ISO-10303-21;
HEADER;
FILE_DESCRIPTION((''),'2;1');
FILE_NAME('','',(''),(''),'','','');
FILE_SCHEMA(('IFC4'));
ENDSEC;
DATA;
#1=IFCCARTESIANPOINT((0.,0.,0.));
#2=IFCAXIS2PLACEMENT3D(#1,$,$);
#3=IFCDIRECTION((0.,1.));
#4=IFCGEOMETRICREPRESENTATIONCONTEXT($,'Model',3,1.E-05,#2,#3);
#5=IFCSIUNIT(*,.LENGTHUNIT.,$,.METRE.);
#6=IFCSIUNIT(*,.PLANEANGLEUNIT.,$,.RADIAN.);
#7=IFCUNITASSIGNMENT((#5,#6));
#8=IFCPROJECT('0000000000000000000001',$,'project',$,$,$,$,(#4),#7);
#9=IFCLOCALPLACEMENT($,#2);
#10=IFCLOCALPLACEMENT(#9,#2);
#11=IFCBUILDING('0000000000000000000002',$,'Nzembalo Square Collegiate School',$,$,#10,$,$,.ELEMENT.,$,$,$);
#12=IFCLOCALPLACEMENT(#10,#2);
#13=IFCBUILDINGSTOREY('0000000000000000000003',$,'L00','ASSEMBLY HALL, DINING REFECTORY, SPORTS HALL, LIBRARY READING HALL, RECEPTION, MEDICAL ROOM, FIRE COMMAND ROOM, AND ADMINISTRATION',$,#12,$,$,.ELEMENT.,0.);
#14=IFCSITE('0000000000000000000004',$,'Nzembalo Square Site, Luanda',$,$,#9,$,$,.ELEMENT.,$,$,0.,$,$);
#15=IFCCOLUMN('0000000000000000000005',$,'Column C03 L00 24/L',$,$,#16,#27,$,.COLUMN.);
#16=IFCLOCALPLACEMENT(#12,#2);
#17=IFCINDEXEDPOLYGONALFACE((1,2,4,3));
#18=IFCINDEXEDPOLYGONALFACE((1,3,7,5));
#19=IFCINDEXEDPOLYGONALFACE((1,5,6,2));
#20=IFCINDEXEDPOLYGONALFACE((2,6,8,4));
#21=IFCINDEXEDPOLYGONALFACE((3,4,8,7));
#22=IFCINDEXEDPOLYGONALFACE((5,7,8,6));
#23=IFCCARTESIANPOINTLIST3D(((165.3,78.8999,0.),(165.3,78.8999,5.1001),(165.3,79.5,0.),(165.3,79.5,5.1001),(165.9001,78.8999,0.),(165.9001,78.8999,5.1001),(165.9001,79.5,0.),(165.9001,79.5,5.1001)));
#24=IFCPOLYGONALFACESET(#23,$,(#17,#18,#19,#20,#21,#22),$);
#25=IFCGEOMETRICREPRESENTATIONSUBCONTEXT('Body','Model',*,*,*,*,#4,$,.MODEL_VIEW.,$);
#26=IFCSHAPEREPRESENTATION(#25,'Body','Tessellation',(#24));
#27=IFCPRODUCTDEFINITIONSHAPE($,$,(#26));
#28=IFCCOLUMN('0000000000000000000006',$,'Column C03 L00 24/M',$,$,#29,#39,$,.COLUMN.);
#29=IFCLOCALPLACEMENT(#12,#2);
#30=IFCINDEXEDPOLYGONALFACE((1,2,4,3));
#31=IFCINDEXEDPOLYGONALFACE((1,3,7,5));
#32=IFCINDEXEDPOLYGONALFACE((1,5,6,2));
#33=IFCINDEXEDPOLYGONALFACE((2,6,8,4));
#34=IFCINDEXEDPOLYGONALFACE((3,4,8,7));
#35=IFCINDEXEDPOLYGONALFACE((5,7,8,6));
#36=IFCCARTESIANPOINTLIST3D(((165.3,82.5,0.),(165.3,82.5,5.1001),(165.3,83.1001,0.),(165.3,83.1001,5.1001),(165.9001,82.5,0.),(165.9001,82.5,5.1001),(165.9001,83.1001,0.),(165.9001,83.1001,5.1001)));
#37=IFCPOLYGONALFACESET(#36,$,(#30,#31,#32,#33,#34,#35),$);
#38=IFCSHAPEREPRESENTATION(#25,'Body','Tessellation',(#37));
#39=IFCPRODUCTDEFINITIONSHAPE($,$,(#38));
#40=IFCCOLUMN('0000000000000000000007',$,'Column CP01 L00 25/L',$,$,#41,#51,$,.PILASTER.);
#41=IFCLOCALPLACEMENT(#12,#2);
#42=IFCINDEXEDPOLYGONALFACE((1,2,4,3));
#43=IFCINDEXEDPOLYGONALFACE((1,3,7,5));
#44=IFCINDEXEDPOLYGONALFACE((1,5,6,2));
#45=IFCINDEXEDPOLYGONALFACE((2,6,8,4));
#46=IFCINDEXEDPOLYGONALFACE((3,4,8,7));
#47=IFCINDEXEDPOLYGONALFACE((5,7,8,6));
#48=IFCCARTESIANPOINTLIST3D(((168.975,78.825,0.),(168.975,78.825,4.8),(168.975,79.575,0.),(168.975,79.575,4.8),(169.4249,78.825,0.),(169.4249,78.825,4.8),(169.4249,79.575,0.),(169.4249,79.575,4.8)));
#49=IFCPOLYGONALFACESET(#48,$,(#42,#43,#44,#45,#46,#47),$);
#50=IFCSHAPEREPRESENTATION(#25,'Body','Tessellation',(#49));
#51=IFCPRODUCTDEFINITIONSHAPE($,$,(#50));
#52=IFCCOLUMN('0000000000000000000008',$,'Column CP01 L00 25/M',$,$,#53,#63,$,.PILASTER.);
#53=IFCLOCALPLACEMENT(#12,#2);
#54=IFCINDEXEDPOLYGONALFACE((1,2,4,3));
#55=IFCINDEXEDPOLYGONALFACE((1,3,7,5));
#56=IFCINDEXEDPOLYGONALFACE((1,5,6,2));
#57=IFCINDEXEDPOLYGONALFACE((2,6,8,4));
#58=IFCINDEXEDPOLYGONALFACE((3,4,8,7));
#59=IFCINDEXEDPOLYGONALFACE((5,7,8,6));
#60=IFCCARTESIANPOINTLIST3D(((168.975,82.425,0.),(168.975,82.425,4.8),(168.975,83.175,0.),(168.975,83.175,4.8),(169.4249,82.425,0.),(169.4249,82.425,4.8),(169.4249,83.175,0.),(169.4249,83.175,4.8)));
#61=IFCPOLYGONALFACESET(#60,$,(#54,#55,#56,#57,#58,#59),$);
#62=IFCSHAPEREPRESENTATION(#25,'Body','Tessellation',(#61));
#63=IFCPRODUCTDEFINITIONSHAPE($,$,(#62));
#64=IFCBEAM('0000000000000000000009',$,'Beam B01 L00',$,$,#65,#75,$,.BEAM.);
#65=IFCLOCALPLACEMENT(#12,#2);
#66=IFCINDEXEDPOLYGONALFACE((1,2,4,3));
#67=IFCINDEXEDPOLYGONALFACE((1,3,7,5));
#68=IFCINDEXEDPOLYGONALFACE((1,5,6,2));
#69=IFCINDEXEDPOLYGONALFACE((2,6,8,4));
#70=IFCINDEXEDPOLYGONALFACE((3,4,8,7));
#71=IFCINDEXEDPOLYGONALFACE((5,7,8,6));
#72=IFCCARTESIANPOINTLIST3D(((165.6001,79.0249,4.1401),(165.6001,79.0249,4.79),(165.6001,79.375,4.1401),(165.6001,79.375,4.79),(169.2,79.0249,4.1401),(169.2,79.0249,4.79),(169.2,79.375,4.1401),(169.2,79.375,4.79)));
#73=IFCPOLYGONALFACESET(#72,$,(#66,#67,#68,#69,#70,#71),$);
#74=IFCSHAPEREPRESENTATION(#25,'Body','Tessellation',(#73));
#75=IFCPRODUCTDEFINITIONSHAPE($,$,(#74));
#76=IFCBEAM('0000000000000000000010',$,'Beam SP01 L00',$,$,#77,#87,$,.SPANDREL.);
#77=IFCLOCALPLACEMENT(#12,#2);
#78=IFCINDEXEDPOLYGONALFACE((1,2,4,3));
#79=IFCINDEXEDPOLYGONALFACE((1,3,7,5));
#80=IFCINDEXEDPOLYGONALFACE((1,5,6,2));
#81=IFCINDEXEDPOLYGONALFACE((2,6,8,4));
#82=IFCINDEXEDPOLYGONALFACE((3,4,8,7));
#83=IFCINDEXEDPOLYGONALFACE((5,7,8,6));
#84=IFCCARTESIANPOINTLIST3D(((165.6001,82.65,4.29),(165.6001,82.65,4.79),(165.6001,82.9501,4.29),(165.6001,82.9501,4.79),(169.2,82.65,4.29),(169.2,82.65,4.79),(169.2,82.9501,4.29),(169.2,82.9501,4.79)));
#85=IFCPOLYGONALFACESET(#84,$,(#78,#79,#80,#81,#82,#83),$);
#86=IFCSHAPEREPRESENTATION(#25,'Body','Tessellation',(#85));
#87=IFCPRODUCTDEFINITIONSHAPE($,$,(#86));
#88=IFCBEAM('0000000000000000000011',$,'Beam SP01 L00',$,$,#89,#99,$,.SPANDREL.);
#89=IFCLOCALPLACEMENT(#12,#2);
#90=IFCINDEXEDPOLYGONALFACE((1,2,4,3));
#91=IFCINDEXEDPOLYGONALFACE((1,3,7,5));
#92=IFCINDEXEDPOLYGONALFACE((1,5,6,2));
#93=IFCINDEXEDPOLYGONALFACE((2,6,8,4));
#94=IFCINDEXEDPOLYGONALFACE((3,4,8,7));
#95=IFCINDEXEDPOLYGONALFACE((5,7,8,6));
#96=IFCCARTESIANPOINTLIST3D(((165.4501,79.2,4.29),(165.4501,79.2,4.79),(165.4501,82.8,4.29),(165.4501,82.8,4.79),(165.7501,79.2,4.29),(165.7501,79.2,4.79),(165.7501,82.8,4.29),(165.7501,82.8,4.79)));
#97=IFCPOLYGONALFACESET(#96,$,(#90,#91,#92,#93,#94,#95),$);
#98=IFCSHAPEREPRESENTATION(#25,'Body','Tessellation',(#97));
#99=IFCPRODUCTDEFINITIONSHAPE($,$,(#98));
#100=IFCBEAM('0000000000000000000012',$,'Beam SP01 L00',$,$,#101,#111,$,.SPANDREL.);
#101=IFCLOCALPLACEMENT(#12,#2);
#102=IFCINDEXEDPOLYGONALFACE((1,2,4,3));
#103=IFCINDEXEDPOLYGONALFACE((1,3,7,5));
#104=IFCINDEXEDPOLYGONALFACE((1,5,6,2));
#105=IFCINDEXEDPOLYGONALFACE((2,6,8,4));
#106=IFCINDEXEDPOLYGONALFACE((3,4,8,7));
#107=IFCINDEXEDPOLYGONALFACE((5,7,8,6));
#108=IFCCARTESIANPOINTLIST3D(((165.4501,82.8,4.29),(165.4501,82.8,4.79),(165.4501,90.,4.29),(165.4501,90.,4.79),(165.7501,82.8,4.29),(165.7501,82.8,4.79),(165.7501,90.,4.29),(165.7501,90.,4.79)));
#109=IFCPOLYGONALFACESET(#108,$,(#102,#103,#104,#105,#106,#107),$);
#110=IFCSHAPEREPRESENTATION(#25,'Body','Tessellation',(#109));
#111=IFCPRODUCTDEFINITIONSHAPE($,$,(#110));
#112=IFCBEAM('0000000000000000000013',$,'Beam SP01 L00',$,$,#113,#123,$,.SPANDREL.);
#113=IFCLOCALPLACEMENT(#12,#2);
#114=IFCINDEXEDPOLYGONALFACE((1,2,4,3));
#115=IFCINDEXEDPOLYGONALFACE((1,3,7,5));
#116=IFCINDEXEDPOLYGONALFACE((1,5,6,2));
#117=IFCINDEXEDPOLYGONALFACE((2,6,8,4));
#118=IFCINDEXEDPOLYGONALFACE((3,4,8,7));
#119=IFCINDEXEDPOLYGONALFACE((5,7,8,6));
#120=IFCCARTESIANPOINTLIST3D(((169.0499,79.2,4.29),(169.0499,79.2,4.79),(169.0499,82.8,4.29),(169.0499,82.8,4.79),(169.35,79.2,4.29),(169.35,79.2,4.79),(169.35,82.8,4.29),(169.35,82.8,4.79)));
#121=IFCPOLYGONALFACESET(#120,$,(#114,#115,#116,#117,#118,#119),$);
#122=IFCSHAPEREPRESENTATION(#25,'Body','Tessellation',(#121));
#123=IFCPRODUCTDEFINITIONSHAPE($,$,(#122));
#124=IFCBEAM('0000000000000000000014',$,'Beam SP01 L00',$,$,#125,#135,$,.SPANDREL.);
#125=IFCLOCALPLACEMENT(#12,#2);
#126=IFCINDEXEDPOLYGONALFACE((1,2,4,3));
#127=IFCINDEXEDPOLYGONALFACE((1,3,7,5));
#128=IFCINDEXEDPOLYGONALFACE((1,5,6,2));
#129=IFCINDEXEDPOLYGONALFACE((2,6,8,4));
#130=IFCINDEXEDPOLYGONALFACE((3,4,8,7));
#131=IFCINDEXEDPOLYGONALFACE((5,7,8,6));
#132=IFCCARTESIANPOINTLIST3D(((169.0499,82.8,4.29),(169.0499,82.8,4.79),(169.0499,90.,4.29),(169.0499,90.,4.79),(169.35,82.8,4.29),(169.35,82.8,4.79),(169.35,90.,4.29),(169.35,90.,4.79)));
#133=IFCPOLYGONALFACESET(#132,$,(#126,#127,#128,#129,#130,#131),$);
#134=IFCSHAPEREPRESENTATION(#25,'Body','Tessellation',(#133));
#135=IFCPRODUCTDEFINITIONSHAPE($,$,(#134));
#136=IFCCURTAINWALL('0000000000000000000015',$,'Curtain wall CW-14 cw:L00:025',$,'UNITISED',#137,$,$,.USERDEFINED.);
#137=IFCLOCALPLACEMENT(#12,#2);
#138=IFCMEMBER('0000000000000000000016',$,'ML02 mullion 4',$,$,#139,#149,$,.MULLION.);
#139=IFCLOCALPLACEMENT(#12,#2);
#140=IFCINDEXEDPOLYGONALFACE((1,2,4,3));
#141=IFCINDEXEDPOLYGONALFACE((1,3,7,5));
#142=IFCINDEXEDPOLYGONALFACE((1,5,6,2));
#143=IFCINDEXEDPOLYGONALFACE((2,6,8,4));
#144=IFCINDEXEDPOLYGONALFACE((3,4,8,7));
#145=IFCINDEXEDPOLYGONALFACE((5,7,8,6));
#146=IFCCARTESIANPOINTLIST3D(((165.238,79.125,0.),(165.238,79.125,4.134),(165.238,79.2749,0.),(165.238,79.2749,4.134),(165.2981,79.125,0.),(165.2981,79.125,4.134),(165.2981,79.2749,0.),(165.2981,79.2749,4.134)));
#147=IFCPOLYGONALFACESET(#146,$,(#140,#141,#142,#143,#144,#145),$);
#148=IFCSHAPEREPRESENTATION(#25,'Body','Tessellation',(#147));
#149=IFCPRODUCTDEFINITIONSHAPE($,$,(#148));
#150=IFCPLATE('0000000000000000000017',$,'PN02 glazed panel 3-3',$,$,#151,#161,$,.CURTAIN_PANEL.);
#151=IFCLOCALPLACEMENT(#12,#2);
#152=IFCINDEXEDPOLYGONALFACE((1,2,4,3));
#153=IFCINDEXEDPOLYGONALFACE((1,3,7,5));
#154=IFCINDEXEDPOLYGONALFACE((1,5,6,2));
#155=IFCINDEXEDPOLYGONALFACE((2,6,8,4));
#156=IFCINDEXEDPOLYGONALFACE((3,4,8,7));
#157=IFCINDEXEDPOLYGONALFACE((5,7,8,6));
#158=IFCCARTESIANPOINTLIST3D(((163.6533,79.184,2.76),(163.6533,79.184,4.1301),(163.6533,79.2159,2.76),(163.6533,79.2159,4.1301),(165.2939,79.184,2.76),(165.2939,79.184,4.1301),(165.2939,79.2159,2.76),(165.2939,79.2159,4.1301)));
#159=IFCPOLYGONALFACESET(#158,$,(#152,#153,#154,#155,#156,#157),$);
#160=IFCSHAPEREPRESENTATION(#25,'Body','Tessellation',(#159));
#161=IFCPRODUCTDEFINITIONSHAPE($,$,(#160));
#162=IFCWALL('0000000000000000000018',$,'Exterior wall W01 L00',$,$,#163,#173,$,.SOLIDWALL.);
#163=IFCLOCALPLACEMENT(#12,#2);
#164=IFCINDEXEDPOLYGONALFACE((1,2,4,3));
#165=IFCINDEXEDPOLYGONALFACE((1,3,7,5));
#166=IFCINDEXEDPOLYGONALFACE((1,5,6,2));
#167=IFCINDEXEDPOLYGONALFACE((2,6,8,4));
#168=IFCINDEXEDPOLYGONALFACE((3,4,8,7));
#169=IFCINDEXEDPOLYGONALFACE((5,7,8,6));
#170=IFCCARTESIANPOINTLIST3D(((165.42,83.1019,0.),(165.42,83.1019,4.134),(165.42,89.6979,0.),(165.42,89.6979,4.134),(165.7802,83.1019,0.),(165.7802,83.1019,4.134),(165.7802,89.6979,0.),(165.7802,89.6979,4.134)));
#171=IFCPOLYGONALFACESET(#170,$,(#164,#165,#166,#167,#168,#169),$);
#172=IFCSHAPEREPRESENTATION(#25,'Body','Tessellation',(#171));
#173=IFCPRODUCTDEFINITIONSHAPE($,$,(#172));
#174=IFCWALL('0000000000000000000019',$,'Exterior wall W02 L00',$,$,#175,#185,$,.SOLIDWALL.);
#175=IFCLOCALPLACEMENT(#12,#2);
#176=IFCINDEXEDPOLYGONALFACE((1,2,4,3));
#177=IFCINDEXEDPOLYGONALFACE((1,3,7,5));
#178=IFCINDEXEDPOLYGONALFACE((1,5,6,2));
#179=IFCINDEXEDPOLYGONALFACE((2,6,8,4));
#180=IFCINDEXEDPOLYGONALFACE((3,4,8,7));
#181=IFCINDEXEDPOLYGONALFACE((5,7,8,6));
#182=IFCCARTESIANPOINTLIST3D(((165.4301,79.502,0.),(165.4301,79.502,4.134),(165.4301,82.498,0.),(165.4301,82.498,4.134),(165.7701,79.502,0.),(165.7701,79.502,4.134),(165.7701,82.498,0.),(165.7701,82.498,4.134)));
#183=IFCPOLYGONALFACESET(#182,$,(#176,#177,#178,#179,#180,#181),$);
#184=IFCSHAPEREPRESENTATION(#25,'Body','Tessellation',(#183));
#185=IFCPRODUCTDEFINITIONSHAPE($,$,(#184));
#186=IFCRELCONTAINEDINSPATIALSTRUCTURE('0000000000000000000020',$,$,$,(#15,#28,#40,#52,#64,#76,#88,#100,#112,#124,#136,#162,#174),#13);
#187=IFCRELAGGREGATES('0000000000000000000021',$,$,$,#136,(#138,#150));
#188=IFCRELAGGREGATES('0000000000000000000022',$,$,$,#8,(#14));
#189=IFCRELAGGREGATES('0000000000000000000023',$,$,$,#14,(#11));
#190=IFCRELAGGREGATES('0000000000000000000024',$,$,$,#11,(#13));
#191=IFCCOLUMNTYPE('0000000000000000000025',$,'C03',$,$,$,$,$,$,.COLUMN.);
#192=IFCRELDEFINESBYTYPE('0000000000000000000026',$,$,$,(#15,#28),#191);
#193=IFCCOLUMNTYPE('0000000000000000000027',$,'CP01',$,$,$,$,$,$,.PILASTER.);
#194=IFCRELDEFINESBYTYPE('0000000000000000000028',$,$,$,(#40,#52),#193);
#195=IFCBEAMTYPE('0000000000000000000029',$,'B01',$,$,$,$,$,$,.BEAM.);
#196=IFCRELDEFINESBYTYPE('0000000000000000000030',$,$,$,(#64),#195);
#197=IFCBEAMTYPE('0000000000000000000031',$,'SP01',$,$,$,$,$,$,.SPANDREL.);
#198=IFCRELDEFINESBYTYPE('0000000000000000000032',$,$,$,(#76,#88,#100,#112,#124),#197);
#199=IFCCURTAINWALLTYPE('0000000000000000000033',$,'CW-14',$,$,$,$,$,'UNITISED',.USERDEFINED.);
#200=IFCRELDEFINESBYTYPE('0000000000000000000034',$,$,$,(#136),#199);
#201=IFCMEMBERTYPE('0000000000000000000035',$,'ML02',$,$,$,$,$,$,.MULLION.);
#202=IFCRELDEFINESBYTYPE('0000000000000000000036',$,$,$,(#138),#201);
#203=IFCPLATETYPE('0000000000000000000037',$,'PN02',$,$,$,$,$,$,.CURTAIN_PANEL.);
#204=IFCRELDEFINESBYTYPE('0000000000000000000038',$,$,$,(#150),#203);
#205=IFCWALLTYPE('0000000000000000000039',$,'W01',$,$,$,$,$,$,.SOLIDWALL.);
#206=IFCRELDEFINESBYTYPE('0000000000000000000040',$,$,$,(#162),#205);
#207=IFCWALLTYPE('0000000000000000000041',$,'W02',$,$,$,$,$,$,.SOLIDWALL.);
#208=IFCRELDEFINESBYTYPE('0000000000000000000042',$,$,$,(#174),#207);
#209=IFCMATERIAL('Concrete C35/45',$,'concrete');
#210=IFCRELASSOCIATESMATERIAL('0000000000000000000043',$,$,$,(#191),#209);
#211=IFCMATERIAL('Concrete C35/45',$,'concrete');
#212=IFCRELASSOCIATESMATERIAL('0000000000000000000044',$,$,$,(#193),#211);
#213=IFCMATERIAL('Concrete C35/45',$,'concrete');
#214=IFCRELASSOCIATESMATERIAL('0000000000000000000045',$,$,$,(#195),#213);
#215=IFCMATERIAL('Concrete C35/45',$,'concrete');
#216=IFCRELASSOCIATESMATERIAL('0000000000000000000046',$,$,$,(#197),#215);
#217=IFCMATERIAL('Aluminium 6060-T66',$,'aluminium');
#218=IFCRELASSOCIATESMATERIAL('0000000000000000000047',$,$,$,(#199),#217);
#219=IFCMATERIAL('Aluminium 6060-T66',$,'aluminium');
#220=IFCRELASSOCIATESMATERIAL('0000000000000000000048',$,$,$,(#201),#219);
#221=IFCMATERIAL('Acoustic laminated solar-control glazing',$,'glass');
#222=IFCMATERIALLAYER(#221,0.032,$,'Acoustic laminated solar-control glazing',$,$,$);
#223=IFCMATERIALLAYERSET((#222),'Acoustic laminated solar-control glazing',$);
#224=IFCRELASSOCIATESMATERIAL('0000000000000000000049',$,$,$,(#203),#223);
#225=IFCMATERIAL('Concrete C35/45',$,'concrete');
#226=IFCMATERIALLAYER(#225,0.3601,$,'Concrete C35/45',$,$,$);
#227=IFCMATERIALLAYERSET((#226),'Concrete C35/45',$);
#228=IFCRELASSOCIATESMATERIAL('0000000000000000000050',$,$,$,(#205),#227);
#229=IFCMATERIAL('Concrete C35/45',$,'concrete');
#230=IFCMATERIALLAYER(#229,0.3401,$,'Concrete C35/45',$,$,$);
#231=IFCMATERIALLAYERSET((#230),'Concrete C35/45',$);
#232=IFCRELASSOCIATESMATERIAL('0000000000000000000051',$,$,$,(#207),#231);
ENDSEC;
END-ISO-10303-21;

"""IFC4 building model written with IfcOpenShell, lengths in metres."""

from ifc_helpers import new_model, si_unit, direction, frame, frame_2d, origin, origin_2d, place, context, subcontext, project, spatial, rectangle, extrude, material, layer, layer_set, material_profile, profile_set, type_object, element, aggregate, save


model = new_model("IFC4")

# Units and contexts
model_context = context("Model", 3, precision=1e-05, world=origin(), true_north=direction((0.0, 1.0)))
body_context = subcontext(model_context, "Body", "Model", "MODEL_VIEW")
ifc_project = project(units=[si_unit("LENGTHUNIT", "METRE"), si_unit("PLANEANGLEUNIT", "RADIAN")], contexts=[model_context])

# Site, building, storey
site_placement = place(None, origin())
site = spatial("IfcSite", under=ifc_project, at=site_placement, Name="Nzembalo Square Site, Luanda", CompositionType="ELEMENT", RefElevation=0.0)
building_placement = place(site_placement, origin())
building = spatial("IfcBuilding", under=site, at=building_placement, Name="Nzembalo Square Collegiate School", CompositionType="ELEMENT")
storey_placement = place(building_placement, origin())
storey = spatial("IfcBuildingStorey", under=building, at=storey_placement, Name="L00", Description="ASSEMBLY HALL, DINING REFECTORY, SPORTS HALL, LIBRARY READING HALL, RECEPTION, MEDICAL ROOM, FIRE COMMAND ROOM, AND ADMINISTRATION", CompositionType="ELEMENT", Elevation=0.0)

# Columns
ifc_material_1 = material(Name="Concrete C35/45", Category="concrete")
ifc_material_profile_1 = material_profile(ifc_material_1, rectangle(XDim=0.6001, YDim=0.6001, at=origin_2d()), Name="RC 600x600")
ifc_profile_set_1 = profile_set([ifc_material_profile_1], Name="Concrete C35/45")
column_type_1 = type_object("IfcColumnType", Name="C03", PredefinedType="COLUMN", material=ifc_profile_set_1)
for number, where, z_axis, x_axis, name in (
    (1, (165.6001, 79.2, 0.0), (0.0, 0.0, 1.0), (1.0, 0.0, 0.0), "Column C03 L00 24/L"),
    (2, (165.6001, 82.8, 0.0), (0.0, 0.0, 1.0), (1.0, 0.0, 0.0), "Column C03 L00 24/M"),
):
    element("IfcColumn", number, at=place(storey_placement, frame(where, z_axis=z_axis, x_axis=x_axis)), inside=storey, type_object=column_type_1, Name=name, PredefinedType="COLUMN", context=body_context, shape_type="SweptSolid", body=[
        extrude(rectangle(XDim=0.6001, YDim=0.6001, at=origin_2d()), origin(), (0.0, 0.0, 1.0), 5.1001),
    ])
ifc_material_2 = material(Name="Concrete C35/45", Category="concrete")
ifc_material_profile_2 = material_profile(ifc_material_2, rectangle(XDim=0.45, YDim=0.75, at=origin_2d()), Name="RC 450x750")
ifc_profile_set_2 = profile_set([ifc_material_profile_2], Name="Concrete C35/45")
column_type_2 = type_object("IfcColumnType", Name="CP01", PredefinedType="PILASTER", material=ifc_profile_set_2)
for number, where, z_axis, x_axis, name in (
    (3, (169.2, 79.2, 0.0), (0.0, 0.0, 1.0), (1.0, 0.0, 0.0), "Column CP01 L00 25/L"),
    (4, (169.2, 82.8, 0.0), (0.0, 0.0, 1.0), (1.0, 0.0, 0.0), "Column CP01 L00 25/M"),
):
    element("IfcColumn", number, at=place(storey_placement, frame(where, z_axis=z_axis, x_axis=x_axis)), inside=storey, type_object=column_type_2, Name=name, PredefinedType="PILASTER", context=body_context, shape_type="SweptSolid", body=[
        extrude(rectangle(XDim=0.45, YDim=0.75, at=origin_2d()), origin(), (0.0, 0.0, 1.0), 4.8),
    ])

# Beams
ifc_material_3 = material(Name="Concrete C35/45", Category="concrete")
ifc_material_profile_3 = material_profile(ifc_material_3, rectangle(XDim=0.3501, YDim=0.6499, at=origin_2d()), Name="RC 350x650")
ifc_profile_set_3 = profile_set([ifc_material_profile_3], Name="Concrete C35/45")
beam_type_1 = type_object("IfcBeamType", Name="B01", PredefinedType="BEAM", material=ifc_profile_set_3)
beam_1_placement = place(storey_placement, frame((165.6001, 79.2, 4.4651), z_axis=(1.0, 0.0, 0.0), x_axis=(0.0, 1.0, 0.0)))
element("IfcBeam", 5, at=beam_1_placement, inside=storey, type_object=beam_type_1, Name="Beam B01 L00", PredefinedType="BEAM", context=body_context, shape_type="SweptSolid", body=[
    extrude(rectangle(XDim=0.3501, YDim=0.6499, at=origin_2d()), origin(), (0.0, 0.0, 1.0), 3.5999),
])
ifc_material_4 = material(Name="Concrete C35/45", Category="concrete")
ifc_material_profile_4 = material_profile(ifc_material_4, rectangle(XDim=0.3, YDim=0.5, at=origin_2d()), Name="RC 300x500")
ifc_profile_set_4 = profile_set([ifc_material_profile_4], Name="Concrete C35/45")
beam_type_2 = type_object("IfcBeamType", Name="SP01", PredefinedType="SPANDREL", material=ifc_profile_set_4)
beam_2_placement = place(storey_placement, frame((165.6001, 82.8, 4.54), z_axis=(1.0, 0.0, 0.0), x_axis=(0.0, 1.0, 0.0)))
element("IfcBeam", 6, at=beam_2_placement, inside=storey, type_object=beam_type_2, Name="Beam SP01 L00", PredefinedType="SPANDREL", context=body_context, shape_type="SweptSolid", body=[
    extrude(rectangle(XDim=0.3, YDim=0.5, at=origin_2d()), origin(), (0.0, 0.0, 1.0), 3.5999),
])
beam_3_placement = place(storey_placement, frame((165.6001, 79.2, 4.54), z_axis=(0.0, 1.0, 0.0), x_axis=(-1.0, 0.0, 0.0)))
element("IfcBeam", 7, at=beam_3_placement, inside=storey, type_object=beam_type_2, Name="Beam SP01 L00", PredefinedType="SPANDREL", context=body_context, shape_type="SweptSolid", body=[
    extrude(rectangle(XDim=0.3, YDim=0.5, at=origin_2d()), origin(), (0.0, 0.0, 1.0), 3.6001),
])
beam_4_placement = place(storey_placement, frame((165.6001, 82.8, 4.54), z_axis=(0.0, 1.0, 0.0), x_axis=(-1.0, 0.0, 0.0)))
element("IfcBeam", 8, at=beam_4_placement, inside=storey, type_object=beam_type_2, Name="Beam SP01 L00", PredefinedType="SPANDREL", context=body_context, shape_type="SweptSolid", body=[
    extrude(rectangle(XDim=0.3, YDim=0.5, at=origin_2d()), origin(), (0.0, 0.0, 1.0), 7.2),
])
beam_5_placement = place(storey_placement, frame((169.2, 79.2, 4.54), z_axis=(0.0, 1.0, 0.0), x_axis=(-1.0, 0.0, 0.0)))
element("IfcBeam", 9, at=beam_5_placement, inside=storey, type_object=beam_type_2, Name="Beam SP01 L00", PredefinedType="SPANDREL", context=body_context, shape_type="SweptSolid", body=[
    extrude(rectangle(XDim=0.3, YDim=0.5, at=origin_2d()), origin(), (0.0, 0.0, 1.0), 3.6001),
])
beam_6_placement = place(storey_placement, frame((169.2, 82.8, 4.54), z_axis=(0.0, 1.0, 0.0), x_axis=(-1.0, 0.0, 0.0)))
element("IfcBeam", 10, at=beam_6_placement, inside=storey, type_object=beam_type_2, Name="Beam SP01 L00", PredefinedType="SPANDREL", context=body_context, shape_type="SweptSolid", body=[
    extrude(rectangle(XDim=0.3, YDim=0.5, at=origin_2d()), origin(), (0.0, 0.0, 1.0), 7.2),
])

# Curtain wall, member, plate
ifc_material_5 = material(Name="Aluminium 6060-T66", Category="aluminium")
curtain_wall_type = type_object("IfcCurtainWallType", Name="CW-14", ElementType="UNITISED", PredefinedType="USERDEFINED", material=ifc_material_5)
curtain_wall_placement = place(storey_placement, origin())
curtain_wall = element("IfcCurtainWall", 11, at=curtain_wall_placement, inside=storey, type_object=curtain_wall_type, Name="Curtain wall CW-14 cw:L00:025", ObjectType="UNITISED", PredefinedType="USERDEFINED")
ifc_material_6 = material(Name="Aluminium 6060-T66", Category="aluminium")
ifc_material_profile_5 = material_profile(ifc_material_6, rectangle(XDim=0.0601, YDim=0.1499, at=origin_2d()), Name="ALU M60x150")
ifc_profile_set_5 = profile_set([ifc_material_profile_5], Name="Aluminium 6060-T66")
member_type = type_object("IfcMemberType", Name="ML02", PredefinedType="MULLION", material=ifc_profile_set_5)
member_placement = place(storey_placement, frame((165.2681, 79.2, 0.0), z_axis=(0.0, 0.0, 1.0), x_axis=(1.0, 0.0, 0.0)))
member = element("IfcMember", 12, at=member_placement, type_object=member_type, Name="ML02 mullion 4", PredefinedType="MULLION", context=body_context, shape_type="SweptSolid", body=[
    extrude(rectangle(XDim=0.0601, YDim=0.1499, at=origin_2d()), origin(), (0.0, 0.0, 1.0), 4.134),
])
ifc_material_7 = material(Name="Acoustic laminated solar-control glazing", Category="glass")
ifc_layer_1 = layer(ifc_material_7, 0.032, Name="Acoustic laminated solar-control glazing")
ifc_layer_set_1 = layer_set([ifc_layer_1], Name="Acoustic laminated solar-control glazing")
plate_type = type_object("IfcPlateType", Name="PN02", PredefinedType="CURTAIN_PANEL", material=ifc_layer_set_1)
plate_placement = place(storey_placement, frame((164.4736, 79.2, 2.76), z_axis=(0.0, 0.0, 1.0), x_axis=(1.0, 0.0, 0.0)))
plate = element("IfcPlate", 13, at=plate_placement, type_object=plate_type, Name="PN02 glazed panel 3-3", PredefinedType="CURTAIN_PANEL", context=body_context, shape_type="SweptSolid", body=[
    extrude(rectangle(XDim=1.6406, YDim=0.032, at=origin_2d()), origin(), (0.0, 0.0, 1.0), 1.3701),
])
aggregate(curtain_wall, [member, plate])

# Walls
ifc_material_8 = material(Name="Concrete C35/45", Category="concrete")
ifc_layer_2 = layer(ifc_material_8, 0.3601, Name="Concrete C35/45")
ifc_layer_set_2 = layer_set([ifc_layer_2], Name="Concrete C35/45")
wall_type_1 = type_object("IfcWallType", Name="W01", PredefinedType="SOLIDWALL", material=ifc_layer_set_2)
wall_1_placement = place(storey_placement, frame((165.6001, 83.1021, 0.0), z_axis=(0.0, 0.0, 1.0), x_axis=(0.0, 1.0, 0.0)))
element("IfcWall", 14, at=wall_1_placement, inside=storey, type_object=wall_type_1, Name="Exterior wall W01 L00", PredefinedType="SOLIDWALL", context=body_context, shape_type="SweptSolid", body=[
    extrude(rectangle(XDim=6.5959, YDim=0.3601, at=frame_2d((3.2979, 0.0))), origin(), (0.0, 0.0, 1.0), 4.134),
])
ifc_material_9 = material(Name="Concrete C35/45", Category="concrete")
ifc_layer_3 = layer(ifc_material_9, 0.3401, Name="Concrete C35/45")
ifc_layer_set_3 = layer_set([ifc_layer_3], Name="Concrete C35/45")
wall_type_2 = type_object("IfcWallType", Name="W02", PredefinedType="SOLIDWALL", material=ifc_layer_set_3)
wall_2_placement = place(storey_placement, frame((165.6001, 79.502, 0.0), z_axis=(0.0, 0.0, 1.0), x_axis=(0.0, 1.0, 0.0)))
element("IfcWall", 15, at=wall_2_placement, inside=storey, type_object=wall_type_2, Name="Exterior wall W02 L00", PredefinedType="SOLIDWALL", context=body_context, shape_type="SweptSolid", body=[
    extrude(rectangle(XDim=2.9961, YDim=0.3401, at=frame_2d((1.498, 0.0))), origin(), (0.0, 0.0, 1.0), 4.134),
])

save(model, "model.ifc")
